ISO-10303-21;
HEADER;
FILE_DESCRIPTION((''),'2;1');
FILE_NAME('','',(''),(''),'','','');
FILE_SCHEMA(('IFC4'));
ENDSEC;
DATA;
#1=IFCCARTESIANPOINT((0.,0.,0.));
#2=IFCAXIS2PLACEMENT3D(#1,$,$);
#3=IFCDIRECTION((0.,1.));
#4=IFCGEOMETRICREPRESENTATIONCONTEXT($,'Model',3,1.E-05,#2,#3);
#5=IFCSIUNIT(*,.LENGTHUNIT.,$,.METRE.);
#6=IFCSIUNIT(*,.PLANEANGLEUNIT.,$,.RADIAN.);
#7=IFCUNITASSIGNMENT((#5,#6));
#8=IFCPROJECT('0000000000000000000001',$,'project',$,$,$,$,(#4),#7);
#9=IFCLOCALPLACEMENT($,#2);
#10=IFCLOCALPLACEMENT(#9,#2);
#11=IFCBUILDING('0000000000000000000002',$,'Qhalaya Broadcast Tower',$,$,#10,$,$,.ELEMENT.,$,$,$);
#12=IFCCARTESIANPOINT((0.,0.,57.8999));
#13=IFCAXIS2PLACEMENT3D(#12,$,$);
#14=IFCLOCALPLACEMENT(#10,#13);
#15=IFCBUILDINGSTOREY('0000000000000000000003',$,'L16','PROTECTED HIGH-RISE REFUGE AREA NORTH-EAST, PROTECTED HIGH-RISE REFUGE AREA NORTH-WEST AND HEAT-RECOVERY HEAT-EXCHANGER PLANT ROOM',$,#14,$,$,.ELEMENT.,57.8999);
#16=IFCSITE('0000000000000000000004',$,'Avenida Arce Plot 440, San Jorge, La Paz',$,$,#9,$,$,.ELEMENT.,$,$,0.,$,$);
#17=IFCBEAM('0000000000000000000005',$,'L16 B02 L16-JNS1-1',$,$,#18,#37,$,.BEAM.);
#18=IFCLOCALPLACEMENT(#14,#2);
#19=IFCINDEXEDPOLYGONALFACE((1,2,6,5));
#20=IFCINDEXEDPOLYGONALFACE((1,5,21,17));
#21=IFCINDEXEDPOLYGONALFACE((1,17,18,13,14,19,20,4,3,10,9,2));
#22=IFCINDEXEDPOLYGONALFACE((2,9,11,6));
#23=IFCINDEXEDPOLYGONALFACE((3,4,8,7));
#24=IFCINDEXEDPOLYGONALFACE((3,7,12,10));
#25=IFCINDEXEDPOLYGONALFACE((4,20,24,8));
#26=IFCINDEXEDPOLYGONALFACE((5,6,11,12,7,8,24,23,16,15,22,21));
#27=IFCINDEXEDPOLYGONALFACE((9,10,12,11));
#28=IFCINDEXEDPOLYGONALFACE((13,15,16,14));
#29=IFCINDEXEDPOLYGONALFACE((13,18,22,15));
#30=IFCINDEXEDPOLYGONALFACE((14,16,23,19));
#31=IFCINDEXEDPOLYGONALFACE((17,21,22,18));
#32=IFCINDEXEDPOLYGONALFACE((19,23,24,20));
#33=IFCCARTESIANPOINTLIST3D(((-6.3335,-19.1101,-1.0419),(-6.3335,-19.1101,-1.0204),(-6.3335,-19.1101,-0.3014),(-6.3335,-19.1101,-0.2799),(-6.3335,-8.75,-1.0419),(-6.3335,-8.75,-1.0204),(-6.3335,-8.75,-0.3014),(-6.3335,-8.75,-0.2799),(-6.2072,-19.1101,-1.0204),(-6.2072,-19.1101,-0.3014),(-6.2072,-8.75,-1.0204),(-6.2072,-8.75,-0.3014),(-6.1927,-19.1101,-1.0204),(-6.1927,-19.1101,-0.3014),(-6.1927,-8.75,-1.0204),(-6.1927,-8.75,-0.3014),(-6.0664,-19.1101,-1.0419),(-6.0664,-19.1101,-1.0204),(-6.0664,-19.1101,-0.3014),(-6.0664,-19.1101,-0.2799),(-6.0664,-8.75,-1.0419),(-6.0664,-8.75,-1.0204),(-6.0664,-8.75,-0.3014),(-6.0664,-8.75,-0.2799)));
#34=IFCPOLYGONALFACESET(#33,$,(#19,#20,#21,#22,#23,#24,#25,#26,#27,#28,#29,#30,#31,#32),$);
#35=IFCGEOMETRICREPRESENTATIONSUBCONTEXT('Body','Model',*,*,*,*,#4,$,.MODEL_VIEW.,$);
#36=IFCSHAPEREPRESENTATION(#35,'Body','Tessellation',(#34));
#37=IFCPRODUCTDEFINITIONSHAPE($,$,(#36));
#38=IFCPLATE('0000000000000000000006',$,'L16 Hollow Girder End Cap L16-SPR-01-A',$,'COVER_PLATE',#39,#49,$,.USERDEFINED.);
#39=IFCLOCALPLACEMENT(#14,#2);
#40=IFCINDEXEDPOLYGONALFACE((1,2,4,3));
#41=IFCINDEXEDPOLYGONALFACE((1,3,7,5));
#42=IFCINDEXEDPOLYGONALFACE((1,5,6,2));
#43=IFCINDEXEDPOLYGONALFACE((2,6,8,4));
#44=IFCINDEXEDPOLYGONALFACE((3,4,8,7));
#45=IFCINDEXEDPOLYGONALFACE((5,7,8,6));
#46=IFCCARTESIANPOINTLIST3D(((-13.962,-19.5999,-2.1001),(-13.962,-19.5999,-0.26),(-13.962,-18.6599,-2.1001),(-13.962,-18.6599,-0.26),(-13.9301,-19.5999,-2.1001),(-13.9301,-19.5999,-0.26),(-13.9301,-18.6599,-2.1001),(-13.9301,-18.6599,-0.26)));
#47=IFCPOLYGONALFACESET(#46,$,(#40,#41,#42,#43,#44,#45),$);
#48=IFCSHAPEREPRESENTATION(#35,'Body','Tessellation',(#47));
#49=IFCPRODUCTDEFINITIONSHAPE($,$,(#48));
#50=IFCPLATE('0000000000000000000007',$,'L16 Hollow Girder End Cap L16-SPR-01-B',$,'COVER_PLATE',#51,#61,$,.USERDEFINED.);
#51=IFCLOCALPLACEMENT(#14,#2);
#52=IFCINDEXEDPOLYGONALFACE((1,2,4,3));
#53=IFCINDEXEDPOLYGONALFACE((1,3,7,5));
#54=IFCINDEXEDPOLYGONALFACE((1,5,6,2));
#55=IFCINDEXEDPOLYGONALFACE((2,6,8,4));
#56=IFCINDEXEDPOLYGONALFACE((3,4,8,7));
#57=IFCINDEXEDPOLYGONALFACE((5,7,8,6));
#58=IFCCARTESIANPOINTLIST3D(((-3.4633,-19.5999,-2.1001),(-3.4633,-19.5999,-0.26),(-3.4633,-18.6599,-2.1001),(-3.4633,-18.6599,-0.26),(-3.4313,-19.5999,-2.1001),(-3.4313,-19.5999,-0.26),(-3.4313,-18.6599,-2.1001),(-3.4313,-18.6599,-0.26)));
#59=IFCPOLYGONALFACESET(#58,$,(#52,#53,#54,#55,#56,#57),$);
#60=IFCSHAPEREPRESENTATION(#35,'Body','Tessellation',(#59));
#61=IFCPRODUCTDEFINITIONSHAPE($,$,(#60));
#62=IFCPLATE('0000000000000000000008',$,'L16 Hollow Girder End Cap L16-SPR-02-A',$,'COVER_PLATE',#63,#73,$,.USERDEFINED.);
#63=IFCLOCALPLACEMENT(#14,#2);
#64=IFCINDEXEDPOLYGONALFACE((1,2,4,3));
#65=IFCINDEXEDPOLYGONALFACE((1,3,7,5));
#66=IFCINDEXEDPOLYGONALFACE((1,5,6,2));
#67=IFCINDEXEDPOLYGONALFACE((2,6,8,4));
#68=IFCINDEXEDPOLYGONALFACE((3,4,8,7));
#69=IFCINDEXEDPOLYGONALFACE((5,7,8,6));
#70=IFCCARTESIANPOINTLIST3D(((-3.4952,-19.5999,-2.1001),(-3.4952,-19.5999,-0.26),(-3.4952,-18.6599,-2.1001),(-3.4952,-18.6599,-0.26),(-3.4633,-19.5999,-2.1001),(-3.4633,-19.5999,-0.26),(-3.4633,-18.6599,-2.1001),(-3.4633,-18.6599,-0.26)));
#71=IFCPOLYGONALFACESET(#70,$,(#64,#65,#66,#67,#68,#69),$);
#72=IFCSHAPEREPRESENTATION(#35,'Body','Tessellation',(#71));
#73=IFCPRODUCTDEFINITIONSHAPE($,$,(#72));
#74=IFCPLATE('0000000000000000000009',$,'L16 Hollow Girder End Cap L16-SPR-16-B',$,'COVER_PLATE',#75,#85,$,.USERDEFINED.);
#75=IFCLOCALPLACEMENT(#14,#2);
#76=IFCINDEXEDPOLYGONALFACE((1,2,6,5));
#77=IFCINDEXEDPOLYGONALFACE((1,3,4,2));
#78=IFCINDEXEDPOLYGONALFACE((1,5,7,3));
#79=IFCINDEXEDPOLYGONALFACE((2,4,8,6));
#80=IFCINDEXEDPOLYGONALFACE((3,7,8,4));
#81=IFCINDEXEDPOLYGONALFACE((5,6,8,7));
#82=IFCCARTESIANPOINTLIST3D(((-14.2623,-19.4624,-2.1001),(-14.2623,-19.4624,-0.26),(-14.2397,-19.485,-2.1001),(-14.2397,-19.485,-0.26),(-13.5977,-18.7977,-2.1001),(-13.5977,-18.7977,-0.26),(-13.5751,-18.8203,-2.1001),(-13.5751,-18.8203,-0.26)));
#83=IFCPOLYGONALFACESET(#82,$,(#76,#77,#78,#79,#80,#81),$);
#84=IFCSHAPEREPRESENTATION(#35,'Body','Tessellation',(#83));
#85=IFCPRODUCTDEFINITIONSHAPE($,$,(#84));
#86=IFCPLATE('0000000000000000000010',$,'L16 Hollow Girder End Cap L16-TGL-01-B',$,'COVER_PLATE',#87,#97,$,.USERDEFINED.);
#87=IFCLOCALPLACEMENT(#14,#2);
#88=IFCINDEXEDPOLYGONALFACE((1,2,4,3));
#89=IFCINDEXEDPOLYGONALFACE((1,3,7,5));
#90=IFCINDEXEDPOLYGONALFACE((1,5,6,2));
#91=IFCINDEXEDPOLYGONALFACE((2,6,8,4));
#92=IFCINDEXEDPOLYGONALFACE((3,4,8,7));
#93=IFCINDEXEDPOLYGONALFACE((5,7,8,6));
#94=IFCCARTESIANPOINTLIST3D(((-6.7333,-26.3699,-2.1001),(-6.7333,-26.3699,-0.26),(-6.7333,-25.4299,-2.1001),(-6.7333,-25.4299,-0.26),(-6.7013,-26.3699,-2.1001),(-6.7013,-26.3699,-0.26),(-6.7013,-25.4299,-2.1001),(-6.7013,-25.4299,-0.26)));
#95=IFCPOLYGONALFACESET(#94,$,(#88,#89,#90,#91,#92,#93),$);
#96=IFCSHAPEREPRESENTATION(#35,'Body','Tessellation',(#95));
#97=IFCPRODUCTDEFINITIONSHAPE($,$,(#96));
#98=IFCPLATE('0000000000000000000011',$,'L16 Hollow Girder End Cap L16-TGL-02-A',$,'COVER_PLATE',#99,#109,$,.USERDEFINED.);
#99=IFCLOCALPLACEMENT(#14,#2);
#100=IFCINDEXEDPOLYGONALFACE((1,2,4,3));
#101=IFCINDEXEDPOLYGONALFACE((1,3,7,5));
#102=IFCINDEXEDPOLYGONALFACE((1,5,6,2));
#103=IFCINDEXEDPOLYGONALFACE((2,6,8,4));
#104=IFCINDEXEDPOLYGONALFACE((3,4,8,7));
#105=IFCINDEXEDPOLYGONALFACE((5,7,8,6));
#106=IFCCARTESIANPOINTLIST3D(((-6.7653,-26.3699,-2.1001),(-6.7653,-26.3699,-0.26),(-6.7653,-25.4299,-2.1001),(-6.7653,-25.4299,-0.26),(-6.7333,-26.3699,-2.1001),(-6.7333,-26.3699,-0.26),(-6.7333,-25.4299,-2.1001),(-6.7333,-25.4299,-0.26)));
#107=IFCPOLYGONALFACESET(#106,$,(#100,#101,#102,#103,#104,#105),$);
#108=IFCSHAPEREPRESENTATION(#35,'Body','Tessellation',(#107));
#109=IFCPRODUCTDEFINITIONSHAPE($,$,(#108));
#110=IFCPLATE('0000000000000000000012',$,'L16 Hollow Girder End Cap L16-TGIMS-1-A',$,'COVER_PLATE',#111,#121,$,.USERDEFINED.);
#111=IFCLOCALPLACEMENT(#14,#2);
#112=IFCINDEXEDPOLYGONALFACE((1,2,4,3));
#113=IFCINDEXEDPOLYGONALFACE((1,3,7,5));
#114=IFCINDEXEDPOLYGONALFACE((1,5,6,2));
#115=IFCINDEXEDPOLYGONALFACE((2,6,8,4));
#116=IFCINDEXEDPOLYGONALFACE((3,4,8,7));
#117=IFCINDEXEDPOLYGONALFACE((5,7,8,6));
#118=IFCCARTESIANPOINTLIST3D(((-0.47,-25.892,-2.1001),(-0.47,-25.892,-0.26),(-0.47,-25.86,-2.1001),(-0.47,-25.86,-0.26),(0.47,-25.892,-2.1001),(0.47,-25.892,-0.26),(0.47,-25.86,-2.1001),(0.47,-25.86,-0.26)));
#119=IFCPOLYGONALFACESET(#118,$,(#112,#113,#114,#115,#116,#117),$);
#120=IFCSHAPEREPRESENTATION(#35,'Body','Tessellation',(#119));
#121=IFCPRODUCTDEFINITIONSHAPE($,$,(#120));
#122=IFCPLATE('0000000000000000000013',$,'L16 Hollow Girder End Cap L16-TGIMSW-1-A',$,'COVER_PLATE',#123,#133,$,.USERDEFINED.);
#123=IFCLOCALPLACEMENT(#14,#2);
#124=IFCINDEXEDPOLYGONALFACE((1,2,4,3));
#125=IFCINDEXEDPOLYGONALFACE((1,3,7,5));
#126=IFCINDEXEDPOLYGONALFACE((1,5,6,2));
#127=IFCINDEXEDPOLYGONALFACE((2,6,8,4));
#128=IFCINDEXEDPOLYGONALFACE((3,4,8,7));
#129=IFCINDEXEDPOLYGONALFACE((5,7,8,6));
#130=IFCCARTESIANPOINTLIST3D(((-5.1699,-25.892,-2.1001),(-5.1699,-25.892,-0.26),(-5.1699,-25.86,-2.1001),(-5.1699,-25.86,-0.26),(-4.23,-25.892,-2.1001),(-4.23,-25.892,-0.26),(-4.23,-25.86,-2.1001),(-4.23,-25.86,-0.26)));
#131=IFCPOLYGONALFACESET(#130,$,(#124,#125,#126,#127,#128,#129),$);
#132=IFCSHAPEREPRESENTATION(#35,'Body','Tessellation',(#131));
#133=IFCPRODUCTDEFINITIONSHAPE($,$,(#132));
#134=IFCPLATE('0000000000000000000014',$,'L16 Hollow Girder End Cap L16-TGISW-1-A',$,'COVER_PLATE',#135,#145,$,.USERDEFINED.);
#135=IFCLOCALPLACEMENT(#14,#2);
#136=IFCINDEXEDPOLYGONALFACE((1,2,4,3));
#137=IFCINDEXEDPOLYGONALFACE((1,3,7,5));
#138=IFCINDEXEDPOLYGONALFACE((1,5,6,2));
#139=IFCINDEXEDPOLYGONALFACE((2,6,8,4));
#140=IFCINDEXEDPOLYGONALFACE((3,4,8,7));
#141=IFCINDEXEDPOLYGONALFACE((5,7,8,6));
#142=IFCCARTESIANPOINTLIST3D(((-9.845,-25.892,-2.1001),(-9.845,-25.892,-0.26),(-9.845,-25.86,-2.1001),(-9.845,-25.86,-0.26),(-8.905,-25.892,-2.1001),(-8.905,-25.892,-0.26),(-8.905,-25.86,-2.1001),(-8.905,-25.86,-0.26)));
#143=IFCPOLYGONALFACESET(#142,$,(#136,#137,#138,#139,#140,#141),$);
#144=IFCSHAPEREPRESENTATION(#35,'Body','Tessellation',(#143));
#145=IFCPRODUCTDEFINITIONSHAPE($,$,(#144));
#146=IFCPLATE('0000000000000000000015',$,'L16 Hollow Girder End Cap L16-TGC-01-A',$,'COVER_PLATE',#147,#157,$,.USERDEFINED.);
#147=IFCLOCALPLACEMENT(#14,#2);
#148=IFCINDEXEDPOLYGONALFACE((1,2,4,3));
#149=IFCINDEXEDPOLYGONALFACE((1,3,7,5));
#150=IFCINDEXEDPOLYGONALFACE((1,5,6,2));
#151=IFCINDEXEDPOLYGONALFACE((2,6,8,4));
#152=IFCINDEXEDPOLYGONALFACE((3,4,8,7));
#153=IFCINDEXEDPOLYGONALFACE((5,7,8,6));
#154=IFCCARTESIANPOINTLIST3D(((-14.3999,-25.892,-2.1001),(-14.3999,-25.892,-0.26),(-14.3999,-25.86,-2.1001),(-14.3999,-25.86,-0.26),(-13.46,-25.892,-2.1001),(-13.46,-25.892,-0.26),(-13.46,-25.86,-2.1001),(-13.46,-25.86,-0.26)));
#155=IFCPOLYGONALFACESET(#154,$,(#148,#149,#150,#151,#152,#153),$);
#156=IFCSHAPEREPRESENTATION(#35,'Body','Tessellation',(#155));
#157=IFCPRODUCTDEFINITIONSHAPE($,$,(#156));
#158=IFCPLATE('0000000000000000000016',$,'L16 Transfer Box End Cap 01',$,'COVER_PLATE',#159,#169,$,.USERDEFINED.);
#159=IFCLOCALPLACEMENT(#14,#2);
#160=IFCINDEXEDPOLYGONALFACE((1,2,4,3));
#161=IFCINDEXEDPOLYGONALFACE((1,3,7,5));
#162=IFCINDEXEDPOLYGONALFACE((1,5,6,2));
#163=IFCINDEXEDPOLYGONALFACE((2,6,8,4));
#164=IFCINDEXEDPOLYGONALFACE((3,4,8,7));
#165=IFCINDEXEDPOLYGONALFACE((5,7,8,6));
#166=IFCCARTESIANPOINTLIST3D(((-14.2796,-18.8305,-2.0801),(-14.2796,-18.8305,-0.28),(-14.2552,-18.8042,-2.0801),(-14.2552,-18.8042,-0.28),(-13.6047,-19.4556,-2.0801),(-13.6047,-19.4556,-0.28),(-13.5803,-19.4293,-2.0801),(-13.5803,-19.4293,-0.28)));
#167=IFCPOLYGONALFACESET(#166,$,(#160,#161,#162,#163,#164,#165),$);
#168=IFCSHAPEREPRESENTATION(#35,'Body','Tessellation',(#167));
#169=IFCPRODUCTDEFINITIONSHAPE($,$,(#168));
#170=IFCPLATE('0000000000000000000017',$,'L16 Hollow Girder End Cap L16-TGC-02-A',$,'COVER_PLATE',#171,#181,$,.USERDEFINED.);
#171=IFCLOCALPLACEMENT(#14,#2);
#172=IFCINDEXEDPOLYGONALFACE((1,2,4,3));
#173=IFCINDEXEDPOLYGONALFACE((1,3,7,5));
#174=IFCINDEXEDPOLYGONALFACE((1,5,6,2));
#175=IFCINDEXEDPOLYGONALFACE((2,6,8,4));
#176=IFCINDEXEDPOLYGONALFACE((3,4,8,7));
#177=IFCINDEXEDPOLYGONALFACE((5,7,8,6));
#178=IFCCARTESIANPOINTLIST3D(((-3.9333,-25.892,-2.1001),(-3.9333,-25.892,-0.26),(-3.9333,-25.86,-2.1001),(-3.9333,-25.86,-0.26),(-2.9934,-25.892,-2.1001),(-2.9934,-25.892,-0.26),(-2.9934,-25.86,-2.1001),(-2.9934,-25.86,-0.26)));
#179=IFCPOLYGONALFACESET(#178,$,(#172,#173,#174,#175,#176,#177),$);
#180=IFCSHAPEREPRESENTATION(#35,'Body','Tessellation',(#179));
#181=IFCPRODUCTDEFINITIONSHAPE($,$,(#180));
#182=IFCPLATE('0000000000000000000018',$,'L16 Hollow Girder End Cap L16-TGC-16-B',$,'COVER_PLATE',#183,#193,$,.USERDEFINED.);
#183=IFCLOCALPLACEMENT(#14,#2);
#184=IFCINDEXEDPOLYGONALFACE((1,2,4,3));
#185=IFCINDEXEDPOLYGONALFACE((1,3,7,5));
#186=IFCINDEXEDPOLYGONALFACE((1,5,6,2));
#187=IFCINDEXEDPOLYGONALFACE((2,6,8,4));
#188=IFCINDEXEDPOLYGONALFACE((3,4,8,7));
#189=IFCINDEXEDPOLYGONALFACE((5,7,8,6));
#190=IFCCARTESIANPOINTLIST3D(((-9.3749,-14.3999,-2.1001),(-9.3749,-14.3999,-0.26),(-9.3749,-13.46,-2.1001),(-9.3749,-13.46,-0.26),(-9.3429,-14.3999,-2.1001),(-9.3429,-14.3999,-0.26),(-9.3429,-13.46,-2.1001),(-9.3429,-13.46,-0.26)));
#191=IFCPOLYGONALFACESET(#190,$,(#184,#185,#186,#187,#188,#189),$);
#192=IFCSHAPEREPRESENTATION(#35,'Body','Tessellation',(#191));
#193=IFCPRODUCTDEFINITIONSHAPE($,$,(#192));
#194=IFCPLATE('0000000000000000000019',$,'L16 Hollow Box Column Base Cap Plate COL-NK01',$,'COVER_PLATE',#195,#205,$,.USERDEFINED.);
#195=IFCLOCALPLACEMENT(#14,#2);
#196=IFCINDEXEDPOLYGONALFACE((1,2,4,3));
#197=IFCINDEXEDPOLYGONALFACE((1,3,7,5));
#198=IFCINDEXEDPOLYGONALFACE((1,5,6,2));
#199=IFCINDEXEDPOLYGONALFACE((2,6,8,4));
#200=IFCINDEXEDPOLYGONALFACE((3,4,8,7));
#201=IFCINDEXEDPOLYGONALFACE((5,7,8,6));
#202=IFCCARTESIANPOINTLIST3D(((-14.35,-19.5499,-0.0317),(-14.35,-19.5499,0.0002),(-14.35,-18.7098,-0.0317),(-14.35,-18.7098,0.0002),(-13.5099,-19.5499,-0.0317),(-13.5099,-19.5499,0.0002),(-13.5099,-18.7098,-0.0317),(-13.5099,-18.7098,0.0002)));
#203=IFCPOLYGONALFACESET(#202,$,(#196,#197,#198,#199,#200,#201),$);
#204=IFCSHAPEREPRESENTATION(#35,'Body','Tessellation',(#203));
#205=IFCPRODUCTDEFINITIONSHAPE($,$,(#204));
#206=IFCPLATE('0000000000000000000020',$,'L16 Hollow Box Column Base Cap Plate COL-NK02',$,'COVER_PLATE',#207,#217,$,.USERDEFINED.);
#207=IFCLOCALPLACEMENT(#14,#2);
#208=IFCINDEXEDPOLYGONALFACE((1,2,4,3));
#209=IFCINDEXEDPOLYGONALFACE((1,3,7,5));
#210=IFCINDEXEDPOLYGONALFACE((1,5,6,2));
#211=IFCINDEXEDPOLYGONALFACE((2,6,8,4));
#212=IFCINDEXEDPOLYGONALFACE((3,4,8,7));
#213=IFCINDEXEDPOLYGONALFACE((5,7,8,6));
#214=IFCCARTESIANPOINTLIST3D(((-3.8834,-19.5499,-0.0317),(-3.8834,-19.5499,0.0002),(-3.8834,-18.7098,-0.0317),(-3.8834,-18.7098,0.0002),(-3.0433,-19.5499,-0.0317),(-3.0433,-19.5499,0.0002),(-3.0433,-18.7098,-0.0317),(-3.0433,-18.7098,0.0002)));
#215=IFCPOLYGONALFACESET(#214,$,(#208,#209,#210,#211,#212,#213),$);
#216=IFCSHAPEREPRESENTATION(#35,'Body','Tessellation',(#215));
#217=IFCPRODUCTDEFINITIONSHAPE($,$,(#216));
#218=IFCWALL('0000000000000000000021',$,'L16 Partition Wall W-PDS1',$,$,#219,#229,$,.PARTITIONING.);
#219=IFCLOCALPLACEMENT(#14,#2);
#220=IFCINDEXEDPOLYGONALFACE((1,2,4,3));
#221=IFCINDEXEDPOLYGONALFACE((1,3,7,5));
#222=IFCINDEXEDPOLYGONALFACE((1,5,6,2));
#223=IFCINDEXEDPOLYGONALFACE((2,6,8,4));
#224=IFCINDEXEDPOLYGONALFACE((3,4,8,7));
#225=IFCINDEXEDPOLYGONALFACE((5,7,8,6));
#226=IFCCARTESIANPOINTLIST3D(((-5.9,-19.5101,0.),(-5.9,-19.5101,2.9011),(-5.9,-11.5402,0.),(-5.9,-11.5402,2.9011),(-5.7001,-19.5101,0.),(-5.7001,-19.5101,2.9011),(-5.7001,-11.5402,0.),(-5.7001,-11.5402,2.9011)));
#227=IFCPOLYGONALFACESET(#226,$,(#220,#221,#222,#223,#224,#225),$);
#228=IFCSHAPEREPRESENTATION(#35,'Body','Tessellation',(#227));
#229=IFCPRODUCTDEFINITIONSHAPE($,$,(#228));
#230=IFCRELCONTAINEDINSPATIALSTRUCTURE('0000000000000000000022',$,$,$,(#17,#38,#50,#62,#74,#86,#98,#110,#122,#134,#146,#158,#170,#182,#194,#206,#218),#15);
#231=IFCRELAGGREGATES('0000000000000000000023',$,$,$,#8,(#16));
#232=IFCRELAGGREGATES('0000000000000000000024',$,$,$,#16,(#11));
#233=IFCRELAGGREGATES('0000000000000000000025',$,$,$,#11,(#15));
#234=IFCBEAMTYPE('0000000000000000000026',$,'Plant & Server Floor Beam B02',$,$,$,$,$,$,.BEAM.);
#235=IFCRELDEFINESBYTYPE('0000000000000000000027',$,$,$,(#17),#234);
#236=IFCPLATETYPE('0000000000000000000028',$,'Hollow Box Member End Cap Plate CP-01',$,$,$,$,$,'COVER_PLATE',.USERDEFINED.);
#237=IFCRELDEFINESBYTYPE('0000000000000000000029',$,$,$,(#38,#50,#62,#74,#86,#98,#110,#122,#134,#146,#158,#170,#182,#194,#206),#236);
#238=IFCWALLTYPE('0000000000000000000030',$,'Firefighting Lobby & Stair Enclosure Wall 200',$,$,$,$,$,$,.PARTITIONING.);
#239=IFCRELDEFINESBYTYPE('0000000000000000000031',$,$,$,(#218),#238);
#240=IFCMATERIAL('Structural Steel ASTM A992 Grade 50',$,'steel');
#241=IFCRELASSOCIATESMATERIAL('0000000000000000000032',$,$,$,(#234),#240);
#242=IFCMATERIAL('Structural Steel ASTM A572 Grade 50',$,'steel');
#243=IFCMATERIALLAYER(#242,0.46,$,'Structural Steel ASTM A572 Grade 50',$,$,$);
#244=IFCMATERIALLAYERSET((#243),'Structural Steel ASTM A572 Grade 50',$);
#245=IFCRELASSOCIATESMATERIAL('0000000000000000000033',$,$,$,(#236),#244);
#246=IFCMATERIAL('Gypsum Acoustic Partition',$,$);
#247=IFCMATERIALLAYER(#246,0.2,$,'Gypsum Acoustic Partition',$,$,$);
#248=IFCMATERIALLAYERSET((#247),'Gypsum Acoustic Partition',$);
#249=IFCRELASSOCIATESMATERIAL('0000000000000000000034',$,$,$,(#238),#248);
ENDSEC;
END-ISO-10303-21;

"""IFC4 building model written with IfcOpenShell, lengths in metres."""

from ifc_helpers import new_model, si_unit, direction, frame, frame_2d, origin, origin_2d, place, context, subcontext, project, spatial, rectangle, i_section, extrude, material, layer, layer_set, material_profile, profile_set, type_object, element, save


model = new_model("IFC4")

# Units and contexts
model_context = context("Model", 3, precision=1e-05, world=origin(), true_north=direction((0.0, 1.0)))
body_context = subcontext(model_context, "Body", "Model", "MODEL_VIEW")
ifc_project = project(units=[si_unit("LENGTHUNIT", "METRE"), si_unit("PLANEANGLEUNIT", "RADIAN")], contexts=[model_context])

# Site, building, storey
site_placement = place(None, origin())
site = spatial("IfcSite", under=ifc_project, at=site_placement, Name="Avenida Arce Plot 440, San Jorge, La Paz", CompositionType="ELEMENT", RefElevation=0.0)
building_placement = place(site_placement, origin())
building = spatial("IfcBuilding", under=site, at=building_placement, Name="Qhalaya Broadcast Tower", CompositionType="ELEMENT")
storey_placement = place(building_placement, frame((0.0, 0.0, 57.8999)))
storey = spatial("IfcBuildingStorey", under=building, at=storey_placement, Name="L16", Description="PROTECTED HIGH-RISE REFUGE AREA NORTH-EAST, PROTECTED HIGH-RISE REFUGE AREA NORTH-WEST AND HEAT-RECOVERY HEAT-EXCHANGER PLANT ROOM", CompositionType="ELEMENT", Elevation=57.8999)

# Shared definitions
ifc_material_1 = material(Name="Structural Steel ASTM A992 Grade 50", Category="steel")
ifc_material_2 = material(Name="Structural Steel ASTM A572 Grade 50", Category="steel")

# Beam
ifc_material_profile_1 = material_profile(ifc_material_1, i_section(OverallWidth=0.2671, OverallDepth=0.762, WebThickness=0.0144, FlangeThickness=0.0215, at=origin_2d()), Name="W30X116")
ifc_profile_set_1 = profile_set([ifc_material_profile_1], Name="Structural Steel ASTM A992 Grade 50")
beam_type_1 = type_object("IfcBeamType", Name="Plant & Server Floor Beam B02", PredefinedType="BEAM", material=ifc_profile_set_1)
beam_1_placement = place(storey_placement, frame((-6.2, -19.1101, -0.6609), z_axis=(0.0, 1.0, 0.0), x_axis=(-1.0, 0.0, 0.0)))
element("IfcBeam", 1, at=beam_1_placement, inside=storey, type_object=beam_type_1, Name="L16 B02 L16-JNS1-1", PredefinedType="BEAM", context=body_context, shape_type="SweptSolid", body=[
    extrude(i_section(OverallWidth=0.2671, OverallDepth=0.762, WebThickness=0.0144, FlangeThickness=0.0215, at=origin_2d()), origin(), (0.0, 0.0, 1.0), 10.3601),
])

# Plates
ifc_layer_1 = layer(ifc_material_2, 0.46, Name="Structural Steel ASTM A572 Grade 50")
ifc_layer_set_1 = layer_set([ifc_layer_1], Name="Structural Steel ASTM A572 Grade 50")
plate_type = type_object("IfcPlateType", Name="Hollow Box Member End Cap Plate CP-01", ElementType="COVER_PLATE", PredefinedType="USERDEFINED", material=ifc_layer_set_1)
for number, where, z_axis, x_axis, name in (
    (2, (-13.946, -19.1299, -2.1001), (0.0, 0.0, 1.0), (0.0, 1.0, 0.0), "L16 Hollow Girder End Cap L16-SPR-01-A"),
    (3, (-3.4473, -19.1299, -2.1001), (0.0, 0.0, 1.0), (0.0, 1.0, 0.0), "L16 Hollow Girder End Cap L16-SPR-01-B"),
    (4, (-3.4792, -19.1299, -2.1001), (0.0, 0.0, 1.0), (0.0, 1.0, 0.0), "L16 Hollow Girder End Cap L16-SPR-02-A"),
    (5, (-13.9187, -19.1414, -2.1001), (0.0, 0.0, 1.0), (0.707107, 0.707107, 0.0), "L16 Hollow Girder End Cap L16-SPR-16-B"),
    (6, (-6.7173, -25.8999, -2.1001), (0.0, 0.0, 1.0), (0.0, 1.0, 0.0), "L16 Hollow Girder End Cap L16-TGL-01-B"),
    (7, (-6.7493, -25.8999, -2.1001), (0.0, 0.0, 1.0), (0.0, 1.0, 0.0), "L16 Hollow Girder End Cap L16-TGL-02-A"),
    (8, (0.0, -25.876, -2.1001), (0.0, 0.0, 1.0), (-1.0, 0.0, 0.0), "L16 Hollow Girder End Cap L16-TGIMS-1-A"),
    (9, (-4.7, -25.876, -2.1001), (0.0, 0.0, 1.0), (-1.0, 0.0, 0.0), "L16 Hollow Girder End Cap L16-TGIMSW-1-A"),
    (10, (-9.375, -25.876, -2.1001), (0.0, 0.0, 1.0), (-1.0, 0.0, 0.0), "L16 Hollow Girder End Cap L16-TGISW-1-A"),
    (11, (-13.9299, -25.876, -2.1001), (0.0, 0.0, 1.0), (-1.0, 0.0, 0.0), "L16 Hollow Girder End Cap L16-TGC-01-A"),
):
    element("IfcPlate", number, at=place(storey_placement, frame(where, z_axis=z_axis, x_axis=x_axis)), inside=storey, type_object=plate_type, Name=name, ObjectType="COVER_PLATE", PredefinedType="USERDEFINED", context=body_context, shape_type="SweptSolid", body=[
        extrude(rectangle(XDim=0.9399, YDim=0.032, at=origin_2d()), origin(), (0.0, 0.0, 1.0), 1.8401),
    ])
plate_placement = place(storey_placement, frame((-13.9299, -19.1299, -2.0801), z_axis=(0.0, 0.0, 1.0), x_axis=(-0.733682, 0.679493, 0.0)))
element("IfcPlate", 12, at=plate_placement, inside=storey, type_object=plate_type, Name="L16 Transfer Box End Cap 01", ObjectType="COVER_PLATE", PredefinedType="USERDEFINED", context=body_context, shape_type="SweptSolid", body=[
    extrude(rectangle(XDim=0.9199, YDim=0.0359, at=origin_2d()), origin(), (0.0, 0.0, 1.0), 1.8),
])
for number, where, z_axis, x_axis, name in (
    (13, (-3.4634, -25.876, -2.1001), (0.0, 0.0, 1.0), (-1.0, 0.0, 0.0), "L16 Hollow Girder End Cap L16-TGC-02-A"),
    (14, (-9.3589, -13.9299, -2.1001), (0.0, 0.0, 1.0), (0.0, 1.0, 0.0), "L16 Hollow Girder End Cap L16-TGC-16-B"),
):
    element("IfcPlate", number, at=place(storey_placement, frame(where, z_axis=z_axis, x_axis=x_axis)), inside=storey, type_object=plate_type, Name=name, ObjectType="COVER_PLATE", PredefinedType="USERDEFINED", context=body_context, shape_type="SweptSolid", body=[
        extrude(rectangle(XDim=0.9399, YDim=0.032, at=origin_2d()), origin(), (0.0, 0.0, 1.0), 1.8401),
    ])
for number, where, z_axis, x_axis, name in (
    (15, (-13.9299, -19.1299, -0.0317), (0.0, 0.0, 1.0), (1.0, 0.0, 0.0), "L16 Hollow Box Column Base Cap Plate COL-NK01"),
    (16, (-3.4634, -19.1299, -0.0317), (0.0, 0.0, 1.0), (1.0, 0.0, 0.0), "L16 Hollow Box Column Base Cap Plate COL-NK02"),
):
    element("IfcPlate", number, at=place(storey_placement, frame(where, z_axis=z_axis, x_axis=x_axis)), inside=storey, type_object=plate_type, Name=name, ObjectType="COVER_PLATE", PredefinedType="USERDEFINED", context=body_context, shape_type="SweptSolid", body=[
        extrude(rectangle(XDim=0.8401, YDim=0.8401, at=origin_2d()), origin(), (0.0, 0.0, 1.0), 0.032),
    ])

# Wall
ifc_material_3 = material(Name="Gypsum Acoustic Partition")
ifc_layer_2 = layer(ifc_material_3, 0.2, Name="Gypsum Acoustic Partition")
ifc_layer_set_2 = layer_set([ifc_layer_2], Name="Gypsum Acoustic Partition")
wall_type = type_object("IfcWallType", Name="Firefighting Lobby & Stair Enclosure Wall 200", PredefinedType="PARTITIONING", material=ifc_layer_set_2)
wall_placement = place(storey_placement, frame((-5.8, -19.51, 0.0), z_axis=(0.0, 0.0, 1.0), x_axis=(0.0, 1.0, 0.0)))
element("IfcWall", 17, at=wall_placement, inside=storey, type_object=wall_type, Name="L16 Partition Wall W-PDS1", PredefinedType="PARTITIONING", context=body_context, shape_type="SweptSolid", body=[
    extrude(rectangle(XDim=7.97, YDim=0.2, at=frame_2d((3.9849, 0.0))), origin(), (0.0, 0.0, 1.0), 2.9011),
])

save(model, "model.ifc")
